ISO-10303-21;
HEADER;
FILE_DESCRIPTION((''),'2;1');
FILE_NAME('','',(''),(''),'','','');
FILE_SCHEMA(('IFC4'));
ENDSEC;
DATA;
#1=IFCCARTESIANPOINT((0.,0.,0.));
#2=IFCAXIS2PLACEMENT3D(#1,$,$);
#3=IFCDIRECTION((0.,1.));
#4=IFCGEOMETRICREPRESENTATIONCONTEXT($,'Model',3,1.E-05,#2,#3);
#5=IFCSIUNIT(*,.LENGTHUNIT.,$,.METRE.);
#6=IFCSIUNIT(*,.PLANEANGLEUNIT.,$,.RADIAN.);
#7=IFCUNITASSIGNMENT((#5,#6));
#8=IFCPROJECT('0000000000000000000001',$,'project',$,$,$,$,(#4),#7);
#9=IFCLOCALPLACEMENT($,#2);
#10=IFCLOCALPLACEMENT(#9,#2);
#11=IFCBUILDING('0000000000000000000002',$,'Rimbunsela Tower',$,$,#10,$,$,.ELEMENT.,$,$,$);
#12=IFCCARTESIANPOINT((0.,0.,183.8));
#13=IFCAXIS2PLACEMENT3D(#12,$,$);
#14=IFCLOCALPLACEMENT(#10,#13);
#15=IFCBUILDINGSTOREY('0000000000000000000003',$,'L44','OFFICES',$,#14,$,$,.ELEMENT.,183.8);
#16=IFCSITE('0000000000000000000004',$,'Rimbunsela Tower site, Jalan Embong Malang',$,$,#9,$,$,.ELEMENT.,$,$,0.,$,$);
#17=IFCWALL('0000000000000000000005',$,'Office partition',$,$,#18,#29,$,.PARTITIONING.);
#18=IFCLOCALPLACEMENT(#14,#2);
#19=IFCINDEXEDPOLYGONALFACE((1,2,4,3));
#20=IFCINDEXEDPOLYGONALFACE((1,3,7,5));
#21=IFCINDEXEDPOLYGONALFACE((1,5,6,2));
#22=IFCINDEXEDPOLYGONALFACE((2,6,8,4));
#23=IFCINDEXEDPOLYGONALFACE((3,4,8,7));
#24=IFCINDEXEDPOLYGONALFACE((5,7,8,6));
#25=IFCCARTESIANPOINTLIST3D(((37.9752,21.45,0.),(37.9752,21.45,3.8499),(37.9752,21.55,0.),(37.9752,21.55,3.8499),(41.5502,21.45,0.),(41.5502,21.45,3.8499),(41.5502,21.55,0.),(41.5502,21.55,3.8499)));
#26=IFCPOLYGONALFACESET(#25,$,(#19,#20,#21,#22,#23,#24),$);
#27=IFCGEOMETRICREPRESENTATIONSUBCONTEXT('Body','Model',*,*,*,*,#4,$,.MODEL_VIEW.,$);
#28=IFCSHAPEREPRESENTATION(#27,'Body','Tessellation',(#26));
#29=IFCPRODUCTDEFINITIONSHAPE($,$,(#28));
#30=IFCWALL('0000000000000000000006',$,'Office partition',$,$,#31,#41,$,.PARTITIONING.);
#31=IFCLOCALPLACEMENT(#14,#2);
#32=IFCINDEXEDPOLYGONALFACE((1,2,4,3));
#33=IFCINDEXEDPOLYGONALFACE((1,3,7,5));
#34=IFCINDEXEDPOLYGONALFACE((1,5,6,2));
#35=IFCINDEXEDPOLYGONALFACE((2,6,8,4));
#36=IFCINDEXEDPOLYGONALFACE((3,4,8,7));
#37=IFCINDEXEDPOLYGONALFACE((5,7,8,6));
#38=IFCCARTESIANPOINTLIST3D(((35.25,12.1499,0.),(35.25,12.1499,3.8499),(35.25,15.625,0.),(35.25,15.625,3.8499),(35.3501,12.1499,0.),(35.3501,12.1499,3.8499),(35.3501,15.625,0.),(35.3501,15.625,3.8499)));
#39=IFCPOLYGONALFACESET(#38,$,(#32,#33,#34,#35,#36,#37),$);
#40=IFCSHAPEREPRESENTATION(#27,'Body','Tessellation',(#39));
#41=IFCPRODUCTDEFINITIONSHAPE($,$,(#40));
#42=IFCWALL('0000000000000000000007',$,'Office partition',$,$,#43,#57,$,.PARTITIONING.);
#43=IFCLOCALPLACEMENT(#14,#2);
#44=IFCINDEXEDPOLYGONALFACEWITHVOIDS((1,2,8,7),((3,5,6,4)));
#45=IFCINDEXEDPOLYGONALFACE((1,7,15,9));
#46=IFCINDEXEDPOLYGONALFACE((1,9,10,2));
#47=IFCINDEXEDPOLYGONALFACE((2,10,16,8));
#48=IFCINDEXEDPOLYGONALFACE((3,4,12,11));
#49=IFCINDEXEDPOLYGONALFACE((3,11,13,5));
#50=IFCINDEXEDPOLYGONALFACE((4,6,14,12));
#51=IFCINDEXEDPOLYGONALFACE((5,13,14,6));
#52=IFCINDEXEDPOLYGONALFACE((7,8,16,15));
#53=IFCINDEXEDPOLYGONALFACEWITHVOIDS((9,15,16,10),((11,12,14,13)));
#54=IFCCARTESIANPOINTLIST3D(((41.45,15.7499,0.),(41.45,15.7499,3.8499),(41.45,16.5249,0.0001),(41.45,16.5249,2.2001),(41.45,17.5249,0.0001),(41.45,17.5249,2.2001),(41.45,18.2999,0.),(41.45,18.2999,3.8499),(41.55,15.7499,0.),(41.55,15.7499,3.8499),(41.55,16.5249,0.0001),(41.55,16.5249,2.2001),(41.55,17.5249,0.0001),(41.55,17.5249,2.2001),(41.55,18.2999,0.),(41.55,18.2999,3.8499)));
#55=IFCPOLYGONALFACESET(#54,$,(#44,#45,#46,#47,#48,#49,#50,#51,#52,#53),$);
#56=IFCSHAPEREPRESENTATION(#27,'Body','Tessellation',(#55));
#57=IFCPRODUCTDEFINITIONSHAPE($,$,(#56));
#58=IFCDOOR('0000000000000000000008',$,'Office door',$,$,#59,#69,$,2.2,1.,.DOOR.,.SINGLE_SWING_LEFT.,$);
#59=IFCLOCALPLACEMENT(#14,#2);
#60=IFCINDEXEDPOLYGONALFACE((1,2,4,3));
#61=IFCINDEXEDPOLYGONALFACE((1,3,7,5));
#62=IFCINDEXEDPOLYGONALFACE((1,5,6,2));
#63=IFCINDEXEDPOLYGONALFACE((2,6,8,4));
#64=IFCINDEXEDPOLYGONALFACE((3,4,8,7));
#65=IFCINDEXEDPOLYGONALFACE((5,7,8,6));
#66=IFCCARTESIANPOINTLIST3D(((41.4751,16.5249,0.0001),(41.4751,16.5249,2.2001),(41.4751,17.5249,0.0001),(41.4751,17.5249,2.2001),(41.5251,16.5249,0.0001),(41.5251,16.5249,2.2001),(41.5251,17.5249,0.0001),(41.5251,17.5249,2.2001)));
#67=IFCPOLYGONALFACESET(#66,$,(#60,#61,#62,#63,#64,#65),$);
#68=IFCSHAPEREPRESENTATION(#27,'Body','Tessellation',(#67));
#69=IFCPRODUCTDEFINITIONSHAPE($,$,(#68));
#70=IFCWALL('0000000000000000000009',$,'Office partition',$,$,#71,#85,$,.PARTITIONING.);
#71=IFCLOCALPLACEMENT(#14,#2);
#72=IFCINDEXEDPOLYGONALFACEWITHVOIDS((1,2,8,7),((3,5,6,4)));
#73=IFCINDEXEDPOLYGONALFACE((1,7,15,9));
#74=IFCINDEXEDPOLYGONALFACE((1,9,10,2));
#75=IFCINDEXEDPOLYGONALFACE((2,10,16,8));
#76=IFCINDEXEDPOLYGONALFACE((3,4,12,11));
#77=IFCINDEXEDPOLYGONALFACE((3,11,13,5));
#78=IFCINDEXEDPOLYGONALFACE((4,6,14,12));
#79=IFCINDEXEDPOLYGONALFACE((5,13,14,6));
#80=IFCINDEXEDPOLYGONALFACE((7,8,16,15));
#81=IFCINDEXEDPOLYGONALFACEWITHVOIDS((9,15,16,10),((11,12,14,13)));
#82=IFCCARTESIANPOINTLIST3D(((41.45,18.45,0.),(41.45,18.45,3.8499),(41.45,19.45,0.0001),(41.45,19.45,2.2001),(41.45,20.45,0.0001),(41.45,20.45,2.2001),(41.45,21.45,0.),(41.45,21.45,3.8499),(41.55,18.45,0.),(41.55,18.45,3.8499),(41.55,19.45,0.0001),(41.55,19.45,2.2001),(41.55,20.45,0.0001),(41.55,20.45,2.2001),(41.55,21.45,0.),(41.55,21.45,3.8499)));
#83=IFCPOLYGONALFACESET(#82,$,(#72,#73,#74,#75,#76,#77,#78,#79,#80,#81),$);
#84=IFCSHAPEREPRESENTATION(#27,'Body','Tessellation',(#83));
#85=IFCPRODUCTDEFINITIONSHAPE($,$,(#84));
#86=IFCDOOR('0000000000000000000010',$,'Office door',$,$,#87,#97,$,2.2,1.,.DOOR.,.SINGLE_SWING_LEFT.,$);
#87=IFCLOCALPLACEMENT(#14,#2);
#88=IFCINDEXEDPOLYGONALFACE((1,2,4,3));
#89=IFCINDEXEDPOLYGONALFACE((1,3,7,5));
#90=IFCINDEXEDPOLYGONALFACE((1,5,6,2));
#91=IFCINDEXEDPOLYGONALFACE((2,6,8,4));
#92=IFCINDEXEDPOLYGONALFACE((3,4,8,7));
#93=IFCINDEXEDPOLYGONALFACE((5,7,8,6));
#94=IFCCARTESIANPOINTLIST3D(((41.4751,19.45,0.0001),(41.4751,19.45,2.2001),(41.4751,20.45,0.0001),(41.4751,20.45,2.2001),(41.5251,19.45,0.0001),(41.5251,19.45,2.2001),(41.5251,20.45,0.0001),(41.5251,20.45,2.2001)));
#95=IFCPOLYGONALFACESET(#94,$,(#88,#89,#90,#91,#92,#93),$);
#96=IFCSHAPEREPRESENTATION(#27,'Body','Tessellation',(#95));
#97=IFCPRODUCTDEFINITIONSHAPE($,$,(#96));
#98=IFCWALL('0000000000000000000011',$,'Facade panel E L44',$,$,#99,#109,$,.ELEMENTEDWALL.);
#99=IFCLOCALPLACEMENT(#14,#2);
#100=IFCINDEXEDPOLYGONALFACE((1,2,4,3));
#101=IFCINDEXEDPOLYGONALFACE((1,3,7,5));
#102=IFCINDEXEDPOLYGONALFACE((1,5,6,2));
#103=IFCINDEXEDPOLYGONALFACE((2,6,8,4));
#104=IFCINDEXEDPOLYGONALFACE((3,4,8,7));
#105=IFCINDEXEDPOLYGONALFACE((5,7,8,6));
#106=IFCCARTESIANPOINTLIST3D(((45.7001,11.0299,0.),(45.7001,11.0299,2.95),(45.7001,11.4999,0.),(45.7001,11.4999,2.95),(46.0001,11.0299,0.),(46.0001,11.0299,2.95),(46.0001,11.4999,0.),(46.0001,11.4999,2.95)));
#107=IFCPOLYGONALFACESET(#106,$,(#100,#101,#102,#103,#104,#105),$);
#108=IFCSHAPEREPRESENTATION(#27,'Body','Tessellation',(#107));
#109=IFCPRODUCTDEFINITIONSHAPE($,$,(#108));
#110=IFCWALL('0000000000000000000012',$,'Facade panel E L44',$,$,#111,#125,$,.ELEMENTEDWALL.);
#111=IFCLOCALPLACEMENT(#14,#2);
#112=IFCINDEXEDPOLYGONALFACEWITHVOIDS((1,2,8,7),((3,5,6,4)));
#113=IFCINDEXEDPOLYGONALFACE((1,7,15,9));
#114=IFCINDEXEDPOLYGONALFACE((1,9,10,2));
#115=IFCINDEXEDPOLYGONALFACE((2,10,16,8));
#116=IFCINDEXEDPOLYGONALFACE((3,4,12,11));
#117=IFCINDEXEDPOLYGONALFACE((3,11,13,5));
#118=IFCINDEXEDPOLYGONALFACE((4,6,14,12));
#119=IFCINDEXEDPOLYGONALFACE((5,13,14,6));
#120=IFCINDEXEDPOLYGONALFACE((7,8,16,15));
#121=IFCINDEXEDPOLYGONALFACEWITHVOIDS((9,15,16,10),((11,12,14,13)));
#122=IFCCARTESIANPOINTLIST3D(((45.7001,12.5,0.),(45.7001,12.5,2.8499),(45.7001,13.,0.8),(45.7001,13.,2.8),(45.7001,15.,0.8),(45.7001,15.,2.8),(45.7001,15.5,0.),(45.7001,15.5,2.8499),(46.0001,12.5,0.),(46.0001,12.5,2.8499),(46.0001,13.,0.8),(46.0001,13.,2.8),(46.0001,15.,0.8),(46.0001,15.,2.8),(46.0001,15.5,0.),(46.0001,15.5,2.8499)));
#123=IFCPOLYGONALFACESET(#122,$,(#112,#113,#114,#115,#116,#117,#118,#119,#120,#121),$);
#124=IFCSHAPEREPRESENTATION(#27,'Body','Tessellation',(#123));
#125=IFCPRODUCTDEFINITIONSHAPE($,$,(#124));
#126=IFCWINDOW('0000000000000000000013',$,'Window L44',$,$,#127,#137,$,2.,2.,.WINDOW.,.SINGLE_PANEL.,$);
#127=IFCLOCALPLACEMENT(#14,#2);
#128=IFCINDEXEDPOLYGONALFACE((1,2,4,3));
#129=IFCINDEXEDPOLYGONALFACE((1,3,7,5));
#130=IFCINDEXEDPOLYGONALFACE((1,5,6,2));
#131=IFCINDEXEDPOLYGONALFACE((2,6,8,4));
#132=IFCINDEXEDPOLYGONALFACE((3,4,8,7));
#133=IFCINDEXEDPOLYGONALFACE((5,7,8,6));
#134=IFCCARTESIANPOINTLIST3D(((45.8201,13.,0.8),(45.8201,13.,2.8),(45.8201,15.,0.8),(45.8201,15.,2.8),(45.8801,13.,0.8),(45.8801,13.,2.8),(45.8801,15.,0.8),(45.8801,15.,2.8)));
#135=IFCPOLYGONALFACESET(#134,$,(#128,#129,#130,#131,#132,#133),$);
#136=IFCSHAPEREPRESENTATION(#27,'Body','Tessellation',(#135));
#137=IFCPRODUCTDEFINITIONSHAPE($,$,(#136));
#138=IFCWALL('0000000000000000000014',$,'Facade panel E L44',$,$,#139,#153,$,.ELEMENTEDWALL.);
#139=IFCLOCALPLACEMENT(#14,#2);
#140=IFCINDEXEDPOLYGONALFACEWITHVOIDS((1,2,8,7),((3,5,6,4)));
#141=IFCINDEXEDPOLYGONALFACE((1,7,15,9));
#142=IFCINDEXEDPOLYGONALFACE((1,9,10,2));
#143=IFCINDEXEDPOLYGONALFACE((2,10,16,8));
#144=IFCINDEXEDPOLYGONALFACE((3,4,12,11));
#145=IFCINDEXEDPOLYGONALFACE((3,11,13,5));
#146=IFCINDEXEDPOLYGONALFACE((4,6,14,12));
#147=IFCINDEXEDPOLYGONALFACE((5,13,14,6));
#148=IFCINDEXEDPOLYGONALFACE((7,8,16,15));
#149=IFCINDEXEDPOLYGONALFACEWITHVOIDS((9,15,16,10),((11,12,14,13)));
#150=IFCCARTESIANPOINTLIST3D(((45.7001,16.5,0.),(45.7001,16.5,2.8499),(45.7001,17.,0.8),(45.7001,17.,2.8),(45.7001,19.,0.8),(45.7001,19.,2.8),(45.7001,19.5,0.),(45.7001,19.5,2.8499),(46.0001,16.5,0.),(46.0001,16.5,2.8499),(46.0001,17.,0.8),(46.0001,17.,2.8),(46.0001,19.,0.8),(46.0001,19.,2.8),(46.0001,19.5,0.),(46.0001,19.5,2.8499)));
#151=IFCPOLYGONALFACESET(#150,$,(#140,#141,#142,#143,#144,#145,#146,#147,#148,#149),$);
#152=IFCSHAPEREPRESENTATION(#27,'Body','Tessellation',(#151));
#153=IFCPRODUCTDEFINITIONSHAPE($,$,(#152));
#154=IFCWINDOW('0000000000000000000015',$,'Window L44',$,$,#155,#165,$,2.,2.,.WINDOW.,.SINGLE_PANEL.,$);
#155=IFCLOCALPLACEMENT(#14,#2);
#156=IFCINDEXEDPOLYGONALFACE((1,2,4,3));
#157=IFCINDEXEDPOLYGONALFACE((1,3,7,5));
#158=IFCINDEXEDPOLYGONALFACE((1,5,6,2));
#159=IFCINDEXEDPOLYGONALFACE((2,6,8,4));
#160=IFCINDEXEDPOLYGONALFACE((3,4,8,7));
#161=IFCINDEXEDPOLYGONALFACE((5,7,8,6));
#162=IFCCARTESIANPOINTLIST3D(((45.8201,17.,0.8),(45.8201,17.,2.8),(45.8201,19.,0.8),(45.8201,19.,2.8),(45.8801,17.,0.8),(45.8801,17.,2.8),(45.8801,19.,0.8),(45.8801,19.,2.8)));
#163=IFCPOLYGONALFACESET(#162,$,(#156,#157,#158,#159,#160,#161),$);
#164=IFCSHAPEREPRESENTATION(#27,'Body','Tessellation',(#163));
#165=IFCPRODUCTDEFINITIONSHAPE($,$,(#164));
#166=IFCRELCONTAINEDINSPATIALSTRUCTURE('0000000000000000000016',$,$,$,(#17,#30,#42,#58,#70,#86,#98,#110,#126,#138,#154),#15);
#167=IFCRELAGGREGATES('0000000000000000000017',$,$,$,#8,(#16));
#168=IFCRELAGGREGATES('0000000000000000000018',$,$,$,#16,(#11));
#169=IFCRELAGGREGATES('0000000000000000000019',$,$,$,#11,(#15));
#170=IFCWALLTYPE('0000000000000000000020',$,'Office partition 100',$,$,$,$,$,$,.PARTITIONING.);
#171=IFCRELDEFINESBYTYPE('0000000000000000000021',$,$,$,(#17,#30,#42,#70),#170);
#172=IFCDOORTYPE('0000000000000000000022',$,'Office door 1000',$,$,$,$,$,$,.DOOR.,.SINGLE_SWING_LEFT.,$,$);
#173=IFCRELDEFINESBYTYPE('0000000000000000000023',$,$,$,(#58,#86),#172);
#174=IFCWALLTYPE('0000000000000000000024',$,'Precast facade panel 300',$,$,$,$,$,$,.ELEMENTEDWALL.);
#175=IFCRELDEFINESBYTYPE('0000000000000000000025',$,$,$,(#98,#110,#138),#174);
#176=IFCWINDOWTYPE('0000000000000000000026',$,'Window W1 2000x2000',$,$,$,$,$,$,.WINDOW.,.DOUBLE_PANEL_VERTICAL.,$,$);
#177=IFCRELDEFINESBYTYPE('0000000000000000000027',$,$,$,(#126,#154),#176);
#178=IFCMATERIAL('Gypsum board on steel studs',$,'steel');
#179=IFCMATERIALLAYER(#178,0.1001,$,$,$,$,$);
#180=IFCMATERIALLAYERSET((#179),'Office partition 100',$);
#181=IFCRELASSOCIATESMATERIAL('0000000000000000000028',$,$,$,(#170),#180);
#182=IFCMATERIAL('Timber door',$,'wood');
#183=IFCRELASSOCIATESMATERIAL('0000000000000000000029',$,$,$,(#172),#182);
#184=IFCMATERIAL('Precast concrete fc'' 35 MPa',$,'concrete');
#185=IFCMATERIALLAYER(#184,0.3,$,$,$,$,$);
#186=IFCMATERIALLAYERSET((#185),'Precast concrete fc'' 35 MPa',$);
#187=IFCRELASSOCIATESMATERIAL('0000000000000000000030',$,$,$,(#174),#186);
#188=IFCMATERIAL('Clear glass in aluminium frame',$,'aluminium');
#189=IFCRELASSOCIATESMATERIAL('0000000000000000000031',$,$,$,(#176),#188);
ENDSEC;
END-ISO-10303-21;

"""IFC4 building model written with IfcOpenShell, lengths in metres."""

from ifc_helpers import new_model, si_unit, direction, frame, frame_2d, origin, place, context, subcontext, project, spatial, rectangle, extrude, material, layer, layer_set, type_object, element, fill, save


model = new_model("IFC4")

# Units and contexts
model_context = context("Model", 3, precision=1e-05, world=origin(), true_north=direction((0.0, 1.0)))
body_context = subcontext(model_context, "Body", "Model", "MODEL_VIEW")
ifc_project = project(units=[si_unit("LENGTHUNIT", "METRE"), si_unit("PLANEANGLEUNIT", "RADIAN")], contexts=[model_context])

# Site, building, storey
site_placement = place(None, origin())
site = spatial("IfcSite", under=ifc_project, at=site_placement, Name="Rimbunsela Tower site, Jalan Embong Malang", CompositionType="ELEMENT", RefElevation=0.0)
building_placement = place(site_placement, origin())
building = spatial("IfcBuilding", under=site, at=building_placement, Name="Rimbunsela Tower", CompositionType="ELEMENT")
storey_placement = place(building_placement, frame((0.0, 0.0, 183.8)))
storey = spatial("IfcBuildingStorey", under=building, at=storey_placement, Name="L44", Description="OFFICES", CompositionType="ELEMENT", Elevation=183.8)

# Walls
ifc_material_1 = material(Name="Gypsum board on steel studs", Category="steel")
ifc_layer_1 = layer(ifc_material_1, 0.1001)
ifc_layer_set_1 = layer_set([ifc_layer_1], Name="Office partition 100")
wall_type_1 = type_object("IfcWallType", Name="Office partition 100", PredefinedType="PARTITIONING", material=ifc_layer_set_1)
for number, where, z_axis, x_axis, name in (
    (1, (37.9751, 21.5, 0.0), (0.0, 0.0, 1.0), (1.0, 0.0, 0.0), "Office partition"),
):
    element("IfcWall", number, at=place(storey_placement, frame(where, z_axis=z_axis, x_axis=x_axis)), inside=storey, type_object=wall_type_1, Name=name, PredefinedType="PARTITIONING", context=body_context, shape_type="SweptSolid", body=[
        extrude(rectangle(XDim=3.575, YDim=0.1001, at=frame_2d((1.7876, 0.0))), origin(), (0.0, 0.0, 1.0), 3.8499),
    ])
wall_1_placement = place(storey_placement, frame((35.3, 12.1499, 0.0), z_axis=(0.0, 0.0, 1.0), x_axis=(0.0, 1.0, 0.0)))
element("IfcWall", 2, at=wall_1_placement, inside=storey, type_object=wall_type_1, Name="Office partition", PredefinedType="PARTITIONING", context=body_context, shape_type="SweptSolid", body=[
    extrude(rectangle(XDim=3.4751, YDim=0.1001, at=frame_2d((1.7375, 0.0))), origin(), (0.0, 0.0, 1.0), 3.8499),
])

# Walls, openings, doors
wall_2_placement = place(storey_placement, frame((41.5, 15.75, 0.0), z_axis=(0.0, 0.0, 1.0), x_axis=(0.0, 1.0, 0.0)))
wall_2 = element("IfcWall", 3, at=wall_2_placement, inside=storey, type_object=wall_type_1, Name="Office partition", PredefinedType="PARTITIONING", context=body_context, shape_type="SweptSolid", body=[
    extrude(rectangle(XDim=2.55, YDim=0.1001, at=frame_2d((1.2749, 0.0))), origin(), (0.0, 0.0, 1.0), 3.8499),
])
opening_1_placement = place(wall_2_placement, frame((0.7749, 0.0, 0.0)))
opening_1 = element("IfcOpeningElement", 4, at=opening_1_placement, cuts=wall_2, PredefinedType="OPENING", context=body_context, shape_type="SweptSolid", body=[
    extrude(rectangle(XDim=1.0, YDim=2.2, at=frame_2d((0.5, 1.1001))), frame((0.0, 0.0601, 0.0), z_axis=(0.0, -1.0, 0.0), x_axis=(1.0, 0.0, 0.0)), (0.0, 0.0, 1.0), 0.1201),
])
ifc_material_2 = material(Name="Timber door", Category="wood")
door_type_1 = type_object("IfcDoorType", Name="Office door 1000", OperationType="SINGLE_SWING_LEFT", PredefinedType="DOOR", material=ifc_material_2)
door_1_placement = place(opening_1_placement, origin())
door_1 = element("IfcDoor", 5, at=door_1_placement, inside=storey, type_object=door_type_1, Name="Office door", OperationType="SINGLE_SWING_LEFT", OverallHeight=2.2, OverallWidth=1.0, PredefinedType="DOOR", context=body_context, shape_type="SweptSolid", body=[
    extrude(rectangle(XDim=1.0, YDim=2.2, at=frame_2d((0.5, 1.1001))), frame((0.0, 0.0249, 0.0), z_axis=(0.0, -1.0, 0.0), x_axis=(1.0, 0.0, 0.0)), (0.0, 0.0, 1.0), 0.05),
])
fill(opening_1, door_1)
wall_3_placement = place(storey_placement, frame((41.5, 18.45, 0.0), z_axis=(0.0, 0.0, 1.0), x_axis=(0.0, 1.0, 0.0)))
wall_3 = element("IfcWall", 6, at=wall_3_placement, inside=storey, type_object=wall_type_1, Name="Office partition", PredefinedType="PARTITIONING", context=body_context, shape_type="SweptSolid", body=[
    extrude(rectangle(XDim=3.0, YDim=0.1001, at=frame_2d((1.5, 0.0))), origin(), (0.0, 0.0, 1.0), 3.8499),
])
opening_2_placement = place(wall_3_placement, frame((1.0, 0.0, 0.0)))
opening_2 = element("IfcOpeningElement", 7, at=opening_2_placement, cuts=wall_3, PredefinedType="OPENING", context=body_context, shape_type="SweptSolid", body=[
    extrude(rectangle(XDim=1.0, YDim=2.2, at=frame_2d((0.5, 1.1001))), frame((0.0, 0.0601, 0.0), z_axis=(0.0, -1.0, 0.0), x_axis=(1.0, 0.0, 0.0)), (0.0, 0.0, 1.0), 0.1201),
])
door_2_placement = place(opening_2_placement, origin())
door_2 = element("IfcDoor", 8, at=door_2_placement, inside=storey, type_object=door_type_1, Name="Office door", OperationType="SINGLE_SWING_LEFT", OverallHeight=2.2, OverallWidth=1.0, PredefinedType="DOOR", context=body_context, shape_type="SweptSolid", body=[
    extrude(rectangle(XDim=1.0, YDim=2.2, at=frame_2d((0.5, 1.1001))), frame((0.0, 0.0249, 0.0), z_axis=(0.0, -1.0, 0.0), x_axis=(1.0, 0.0, 0.0)), (0.0, 0.0, 1.0), 0.05),
])
fill(opening_2, door_2)

# Wall
ifc_material_3 = material(Name="Precast concrete fc' 35 MPa", Category="concrete")
ifc_layer_2 = layer(ifc_material_3, 0.3)
ifc_layer_set_2 = layer_set([ifc_layer_2], Name="Precast concrete fc' 35 MPa")
wall_type_2 = type_object("IfcWallType", Name="Precast facade panel 300", PredefinedType="ELEMENTEDWALL", material=ifc_layer_set_2)
wall_4_placement = place(storey_placement, frame((45.8501, 11.03, 0.0), z_axis=(0.0, 0.0, 1.0), x_axis=(0.0, 1.0, 0.0)))
element("IfcWall", 9, at=wall_4_placement, inside=storey, type_object=wall_type_2, Name="Facade panel E L44", PredefinedType="ELEMENTEDWALL", context=body_context, shape_type="SweptSolid", body=[
    extrude(rectangle(XDim=0.47, YDim=0.3, at=frame_2d((0.2349, 0.0))), origin(), (0.0, 0.0, 1.0), 2.95),
])

# Walls, openings, windows
wall_5_placement = place(storey_placement, frame((45.8501, 12.5, 0.0), z_axis=(0.0, 0.0, 1.0), x_axis=(0.0, 1.0, 0.0)))
wall_5 = element("IfcWall", 10, at=wall_5_placement, inside=storey, type_object=wall_type_2, Name="Facade panel E L44", PredefinedType="ELEMENTEDWALL", context=body_context, shape_type="SweptSolid", body=[
    extrude(rectangle(XDim=3.0, YDim=0.3, at=frame_2d((1.5, 0.0))), origin(), (0.0, 0.0, 1.0), 2.8499),
])
opening_3_placement = place(wall_5_placement, frame((0.5, 0.0, 0.8)))
opening_3 = element("IfcOpeningElement", 11, at=opening_3_placement, cuts=wall_5, PredefinedType="OPENING", context=body_context, shape_type="SweptSolid", body=[
    extrude(rectangle(XDim=2.0, YDim=2.0, at=frame_2d((1.0, 1.0))), frame((0.0, 0.1599, 0.0), z_axis=(0.0, -1.0, 0.0), x_axis=(1.0, 0.0, 0.0)), (0.0, 0.0, 1.0), 0.3201),
])
ifc_material_4 = material(Name="Clear glass in aluminium frame", Category="aluminium")
window_type = type_object("IfcWindowType", Name="Window W1 2000x2000", PartitioningType="DOUBLE_PANEL_VERTICAL", PredefinedType="WINDOW", material=ifc_material_4)
window_1_placement = place(opening_3_placement, origin())
window_1 = element("IfcWindow", 12, at=window_1_placement, inside=storey, type_object=window_type, Name="Window L44", OverallHeight=2.0, OverallWidth=2.0, PartitioningType="SINGLE_PANEL", PredefinedType="WINDOW", context=body_context, shape_type="SweptSolid", body=[
    extrude(rectangle(XDim=2.0, YDim=2.0, at=frame_2d((1.0, 1.0))), frame((0.0, 0.03, 0.0), z_axis=(0.0, -1.0, 0.0), x_axis=(1.0, 0.0, 0.0)), (0.0, 0.0, 1.0), 0.0601),
])
fill(opening_3, window_1)
wall_6_placement = place(storey_placement, frame((45.8501, 16.5, 0.0), z_axis=(0.0, 0.0, 1.0), x_axis=(0.0, 1.0, 0.0)))
wall_6 = element("IfcWall", 13, at=wall_6_placement, inside=storey, type_object=wall_type_2, Name="Facade panel E L44", PredefinedType="ELEMENTEDWALL", context=body_context, shape_type="SweptSolid", body=[
    extrude(rectangle(XDim=3.0, YDim=0.3, at=frame_2d((1.5, 0.0))), origin(), (0.0, 0.0, 1.0), 2.8499),
])
opening_4_placement = place(wall_6_placement, frame((0.5, 0.0, 0.8)))
opening_4 = element("IfcOpeningElement", 14, at=opening_4_placement, cuts=wall_6, PredefinedType="OPENING", context=body_context, shape_type="SweptSolid", body=[
    extrude(rectangle(XDim=2.0, YDim=2.0, at=frame_2d((1.0, 1.0))), frame((0.0, 0.1599, 0.0), z_axis=(0.0, -1.0, 0.0), x_axis=(1.0, 0.0, 0.0)), (0.0, 0.0, 1.0), 0.3201),
])
window_2_placement = place(opening_4_placement, origin())
window_2 = element("IfcWindow", 15, at=window_2_placement, inside=storey, type_object=window_type, Name="Window L44", OverallHeight=2.0, OverallWidth=2.0, PartitioningType="SINGLE_PANEL", PredefinedType="WINDOW", context=body_context, shape_type="SweptSolid", body=[
    extrude(rectangle(XDim=2.0, YDim=2.0, at=frame_2d((1.0, 1.0))), frame((0.0, 0.03, 0.0), z_axis=(0.0, -1.0, 0.0), x_axis=(1.0, 0.0, 0.0)), (0.0, 0.0, 1.0), 0.0601),
])
fill(opening_4, window_2)

save(model, "model.ifc")
